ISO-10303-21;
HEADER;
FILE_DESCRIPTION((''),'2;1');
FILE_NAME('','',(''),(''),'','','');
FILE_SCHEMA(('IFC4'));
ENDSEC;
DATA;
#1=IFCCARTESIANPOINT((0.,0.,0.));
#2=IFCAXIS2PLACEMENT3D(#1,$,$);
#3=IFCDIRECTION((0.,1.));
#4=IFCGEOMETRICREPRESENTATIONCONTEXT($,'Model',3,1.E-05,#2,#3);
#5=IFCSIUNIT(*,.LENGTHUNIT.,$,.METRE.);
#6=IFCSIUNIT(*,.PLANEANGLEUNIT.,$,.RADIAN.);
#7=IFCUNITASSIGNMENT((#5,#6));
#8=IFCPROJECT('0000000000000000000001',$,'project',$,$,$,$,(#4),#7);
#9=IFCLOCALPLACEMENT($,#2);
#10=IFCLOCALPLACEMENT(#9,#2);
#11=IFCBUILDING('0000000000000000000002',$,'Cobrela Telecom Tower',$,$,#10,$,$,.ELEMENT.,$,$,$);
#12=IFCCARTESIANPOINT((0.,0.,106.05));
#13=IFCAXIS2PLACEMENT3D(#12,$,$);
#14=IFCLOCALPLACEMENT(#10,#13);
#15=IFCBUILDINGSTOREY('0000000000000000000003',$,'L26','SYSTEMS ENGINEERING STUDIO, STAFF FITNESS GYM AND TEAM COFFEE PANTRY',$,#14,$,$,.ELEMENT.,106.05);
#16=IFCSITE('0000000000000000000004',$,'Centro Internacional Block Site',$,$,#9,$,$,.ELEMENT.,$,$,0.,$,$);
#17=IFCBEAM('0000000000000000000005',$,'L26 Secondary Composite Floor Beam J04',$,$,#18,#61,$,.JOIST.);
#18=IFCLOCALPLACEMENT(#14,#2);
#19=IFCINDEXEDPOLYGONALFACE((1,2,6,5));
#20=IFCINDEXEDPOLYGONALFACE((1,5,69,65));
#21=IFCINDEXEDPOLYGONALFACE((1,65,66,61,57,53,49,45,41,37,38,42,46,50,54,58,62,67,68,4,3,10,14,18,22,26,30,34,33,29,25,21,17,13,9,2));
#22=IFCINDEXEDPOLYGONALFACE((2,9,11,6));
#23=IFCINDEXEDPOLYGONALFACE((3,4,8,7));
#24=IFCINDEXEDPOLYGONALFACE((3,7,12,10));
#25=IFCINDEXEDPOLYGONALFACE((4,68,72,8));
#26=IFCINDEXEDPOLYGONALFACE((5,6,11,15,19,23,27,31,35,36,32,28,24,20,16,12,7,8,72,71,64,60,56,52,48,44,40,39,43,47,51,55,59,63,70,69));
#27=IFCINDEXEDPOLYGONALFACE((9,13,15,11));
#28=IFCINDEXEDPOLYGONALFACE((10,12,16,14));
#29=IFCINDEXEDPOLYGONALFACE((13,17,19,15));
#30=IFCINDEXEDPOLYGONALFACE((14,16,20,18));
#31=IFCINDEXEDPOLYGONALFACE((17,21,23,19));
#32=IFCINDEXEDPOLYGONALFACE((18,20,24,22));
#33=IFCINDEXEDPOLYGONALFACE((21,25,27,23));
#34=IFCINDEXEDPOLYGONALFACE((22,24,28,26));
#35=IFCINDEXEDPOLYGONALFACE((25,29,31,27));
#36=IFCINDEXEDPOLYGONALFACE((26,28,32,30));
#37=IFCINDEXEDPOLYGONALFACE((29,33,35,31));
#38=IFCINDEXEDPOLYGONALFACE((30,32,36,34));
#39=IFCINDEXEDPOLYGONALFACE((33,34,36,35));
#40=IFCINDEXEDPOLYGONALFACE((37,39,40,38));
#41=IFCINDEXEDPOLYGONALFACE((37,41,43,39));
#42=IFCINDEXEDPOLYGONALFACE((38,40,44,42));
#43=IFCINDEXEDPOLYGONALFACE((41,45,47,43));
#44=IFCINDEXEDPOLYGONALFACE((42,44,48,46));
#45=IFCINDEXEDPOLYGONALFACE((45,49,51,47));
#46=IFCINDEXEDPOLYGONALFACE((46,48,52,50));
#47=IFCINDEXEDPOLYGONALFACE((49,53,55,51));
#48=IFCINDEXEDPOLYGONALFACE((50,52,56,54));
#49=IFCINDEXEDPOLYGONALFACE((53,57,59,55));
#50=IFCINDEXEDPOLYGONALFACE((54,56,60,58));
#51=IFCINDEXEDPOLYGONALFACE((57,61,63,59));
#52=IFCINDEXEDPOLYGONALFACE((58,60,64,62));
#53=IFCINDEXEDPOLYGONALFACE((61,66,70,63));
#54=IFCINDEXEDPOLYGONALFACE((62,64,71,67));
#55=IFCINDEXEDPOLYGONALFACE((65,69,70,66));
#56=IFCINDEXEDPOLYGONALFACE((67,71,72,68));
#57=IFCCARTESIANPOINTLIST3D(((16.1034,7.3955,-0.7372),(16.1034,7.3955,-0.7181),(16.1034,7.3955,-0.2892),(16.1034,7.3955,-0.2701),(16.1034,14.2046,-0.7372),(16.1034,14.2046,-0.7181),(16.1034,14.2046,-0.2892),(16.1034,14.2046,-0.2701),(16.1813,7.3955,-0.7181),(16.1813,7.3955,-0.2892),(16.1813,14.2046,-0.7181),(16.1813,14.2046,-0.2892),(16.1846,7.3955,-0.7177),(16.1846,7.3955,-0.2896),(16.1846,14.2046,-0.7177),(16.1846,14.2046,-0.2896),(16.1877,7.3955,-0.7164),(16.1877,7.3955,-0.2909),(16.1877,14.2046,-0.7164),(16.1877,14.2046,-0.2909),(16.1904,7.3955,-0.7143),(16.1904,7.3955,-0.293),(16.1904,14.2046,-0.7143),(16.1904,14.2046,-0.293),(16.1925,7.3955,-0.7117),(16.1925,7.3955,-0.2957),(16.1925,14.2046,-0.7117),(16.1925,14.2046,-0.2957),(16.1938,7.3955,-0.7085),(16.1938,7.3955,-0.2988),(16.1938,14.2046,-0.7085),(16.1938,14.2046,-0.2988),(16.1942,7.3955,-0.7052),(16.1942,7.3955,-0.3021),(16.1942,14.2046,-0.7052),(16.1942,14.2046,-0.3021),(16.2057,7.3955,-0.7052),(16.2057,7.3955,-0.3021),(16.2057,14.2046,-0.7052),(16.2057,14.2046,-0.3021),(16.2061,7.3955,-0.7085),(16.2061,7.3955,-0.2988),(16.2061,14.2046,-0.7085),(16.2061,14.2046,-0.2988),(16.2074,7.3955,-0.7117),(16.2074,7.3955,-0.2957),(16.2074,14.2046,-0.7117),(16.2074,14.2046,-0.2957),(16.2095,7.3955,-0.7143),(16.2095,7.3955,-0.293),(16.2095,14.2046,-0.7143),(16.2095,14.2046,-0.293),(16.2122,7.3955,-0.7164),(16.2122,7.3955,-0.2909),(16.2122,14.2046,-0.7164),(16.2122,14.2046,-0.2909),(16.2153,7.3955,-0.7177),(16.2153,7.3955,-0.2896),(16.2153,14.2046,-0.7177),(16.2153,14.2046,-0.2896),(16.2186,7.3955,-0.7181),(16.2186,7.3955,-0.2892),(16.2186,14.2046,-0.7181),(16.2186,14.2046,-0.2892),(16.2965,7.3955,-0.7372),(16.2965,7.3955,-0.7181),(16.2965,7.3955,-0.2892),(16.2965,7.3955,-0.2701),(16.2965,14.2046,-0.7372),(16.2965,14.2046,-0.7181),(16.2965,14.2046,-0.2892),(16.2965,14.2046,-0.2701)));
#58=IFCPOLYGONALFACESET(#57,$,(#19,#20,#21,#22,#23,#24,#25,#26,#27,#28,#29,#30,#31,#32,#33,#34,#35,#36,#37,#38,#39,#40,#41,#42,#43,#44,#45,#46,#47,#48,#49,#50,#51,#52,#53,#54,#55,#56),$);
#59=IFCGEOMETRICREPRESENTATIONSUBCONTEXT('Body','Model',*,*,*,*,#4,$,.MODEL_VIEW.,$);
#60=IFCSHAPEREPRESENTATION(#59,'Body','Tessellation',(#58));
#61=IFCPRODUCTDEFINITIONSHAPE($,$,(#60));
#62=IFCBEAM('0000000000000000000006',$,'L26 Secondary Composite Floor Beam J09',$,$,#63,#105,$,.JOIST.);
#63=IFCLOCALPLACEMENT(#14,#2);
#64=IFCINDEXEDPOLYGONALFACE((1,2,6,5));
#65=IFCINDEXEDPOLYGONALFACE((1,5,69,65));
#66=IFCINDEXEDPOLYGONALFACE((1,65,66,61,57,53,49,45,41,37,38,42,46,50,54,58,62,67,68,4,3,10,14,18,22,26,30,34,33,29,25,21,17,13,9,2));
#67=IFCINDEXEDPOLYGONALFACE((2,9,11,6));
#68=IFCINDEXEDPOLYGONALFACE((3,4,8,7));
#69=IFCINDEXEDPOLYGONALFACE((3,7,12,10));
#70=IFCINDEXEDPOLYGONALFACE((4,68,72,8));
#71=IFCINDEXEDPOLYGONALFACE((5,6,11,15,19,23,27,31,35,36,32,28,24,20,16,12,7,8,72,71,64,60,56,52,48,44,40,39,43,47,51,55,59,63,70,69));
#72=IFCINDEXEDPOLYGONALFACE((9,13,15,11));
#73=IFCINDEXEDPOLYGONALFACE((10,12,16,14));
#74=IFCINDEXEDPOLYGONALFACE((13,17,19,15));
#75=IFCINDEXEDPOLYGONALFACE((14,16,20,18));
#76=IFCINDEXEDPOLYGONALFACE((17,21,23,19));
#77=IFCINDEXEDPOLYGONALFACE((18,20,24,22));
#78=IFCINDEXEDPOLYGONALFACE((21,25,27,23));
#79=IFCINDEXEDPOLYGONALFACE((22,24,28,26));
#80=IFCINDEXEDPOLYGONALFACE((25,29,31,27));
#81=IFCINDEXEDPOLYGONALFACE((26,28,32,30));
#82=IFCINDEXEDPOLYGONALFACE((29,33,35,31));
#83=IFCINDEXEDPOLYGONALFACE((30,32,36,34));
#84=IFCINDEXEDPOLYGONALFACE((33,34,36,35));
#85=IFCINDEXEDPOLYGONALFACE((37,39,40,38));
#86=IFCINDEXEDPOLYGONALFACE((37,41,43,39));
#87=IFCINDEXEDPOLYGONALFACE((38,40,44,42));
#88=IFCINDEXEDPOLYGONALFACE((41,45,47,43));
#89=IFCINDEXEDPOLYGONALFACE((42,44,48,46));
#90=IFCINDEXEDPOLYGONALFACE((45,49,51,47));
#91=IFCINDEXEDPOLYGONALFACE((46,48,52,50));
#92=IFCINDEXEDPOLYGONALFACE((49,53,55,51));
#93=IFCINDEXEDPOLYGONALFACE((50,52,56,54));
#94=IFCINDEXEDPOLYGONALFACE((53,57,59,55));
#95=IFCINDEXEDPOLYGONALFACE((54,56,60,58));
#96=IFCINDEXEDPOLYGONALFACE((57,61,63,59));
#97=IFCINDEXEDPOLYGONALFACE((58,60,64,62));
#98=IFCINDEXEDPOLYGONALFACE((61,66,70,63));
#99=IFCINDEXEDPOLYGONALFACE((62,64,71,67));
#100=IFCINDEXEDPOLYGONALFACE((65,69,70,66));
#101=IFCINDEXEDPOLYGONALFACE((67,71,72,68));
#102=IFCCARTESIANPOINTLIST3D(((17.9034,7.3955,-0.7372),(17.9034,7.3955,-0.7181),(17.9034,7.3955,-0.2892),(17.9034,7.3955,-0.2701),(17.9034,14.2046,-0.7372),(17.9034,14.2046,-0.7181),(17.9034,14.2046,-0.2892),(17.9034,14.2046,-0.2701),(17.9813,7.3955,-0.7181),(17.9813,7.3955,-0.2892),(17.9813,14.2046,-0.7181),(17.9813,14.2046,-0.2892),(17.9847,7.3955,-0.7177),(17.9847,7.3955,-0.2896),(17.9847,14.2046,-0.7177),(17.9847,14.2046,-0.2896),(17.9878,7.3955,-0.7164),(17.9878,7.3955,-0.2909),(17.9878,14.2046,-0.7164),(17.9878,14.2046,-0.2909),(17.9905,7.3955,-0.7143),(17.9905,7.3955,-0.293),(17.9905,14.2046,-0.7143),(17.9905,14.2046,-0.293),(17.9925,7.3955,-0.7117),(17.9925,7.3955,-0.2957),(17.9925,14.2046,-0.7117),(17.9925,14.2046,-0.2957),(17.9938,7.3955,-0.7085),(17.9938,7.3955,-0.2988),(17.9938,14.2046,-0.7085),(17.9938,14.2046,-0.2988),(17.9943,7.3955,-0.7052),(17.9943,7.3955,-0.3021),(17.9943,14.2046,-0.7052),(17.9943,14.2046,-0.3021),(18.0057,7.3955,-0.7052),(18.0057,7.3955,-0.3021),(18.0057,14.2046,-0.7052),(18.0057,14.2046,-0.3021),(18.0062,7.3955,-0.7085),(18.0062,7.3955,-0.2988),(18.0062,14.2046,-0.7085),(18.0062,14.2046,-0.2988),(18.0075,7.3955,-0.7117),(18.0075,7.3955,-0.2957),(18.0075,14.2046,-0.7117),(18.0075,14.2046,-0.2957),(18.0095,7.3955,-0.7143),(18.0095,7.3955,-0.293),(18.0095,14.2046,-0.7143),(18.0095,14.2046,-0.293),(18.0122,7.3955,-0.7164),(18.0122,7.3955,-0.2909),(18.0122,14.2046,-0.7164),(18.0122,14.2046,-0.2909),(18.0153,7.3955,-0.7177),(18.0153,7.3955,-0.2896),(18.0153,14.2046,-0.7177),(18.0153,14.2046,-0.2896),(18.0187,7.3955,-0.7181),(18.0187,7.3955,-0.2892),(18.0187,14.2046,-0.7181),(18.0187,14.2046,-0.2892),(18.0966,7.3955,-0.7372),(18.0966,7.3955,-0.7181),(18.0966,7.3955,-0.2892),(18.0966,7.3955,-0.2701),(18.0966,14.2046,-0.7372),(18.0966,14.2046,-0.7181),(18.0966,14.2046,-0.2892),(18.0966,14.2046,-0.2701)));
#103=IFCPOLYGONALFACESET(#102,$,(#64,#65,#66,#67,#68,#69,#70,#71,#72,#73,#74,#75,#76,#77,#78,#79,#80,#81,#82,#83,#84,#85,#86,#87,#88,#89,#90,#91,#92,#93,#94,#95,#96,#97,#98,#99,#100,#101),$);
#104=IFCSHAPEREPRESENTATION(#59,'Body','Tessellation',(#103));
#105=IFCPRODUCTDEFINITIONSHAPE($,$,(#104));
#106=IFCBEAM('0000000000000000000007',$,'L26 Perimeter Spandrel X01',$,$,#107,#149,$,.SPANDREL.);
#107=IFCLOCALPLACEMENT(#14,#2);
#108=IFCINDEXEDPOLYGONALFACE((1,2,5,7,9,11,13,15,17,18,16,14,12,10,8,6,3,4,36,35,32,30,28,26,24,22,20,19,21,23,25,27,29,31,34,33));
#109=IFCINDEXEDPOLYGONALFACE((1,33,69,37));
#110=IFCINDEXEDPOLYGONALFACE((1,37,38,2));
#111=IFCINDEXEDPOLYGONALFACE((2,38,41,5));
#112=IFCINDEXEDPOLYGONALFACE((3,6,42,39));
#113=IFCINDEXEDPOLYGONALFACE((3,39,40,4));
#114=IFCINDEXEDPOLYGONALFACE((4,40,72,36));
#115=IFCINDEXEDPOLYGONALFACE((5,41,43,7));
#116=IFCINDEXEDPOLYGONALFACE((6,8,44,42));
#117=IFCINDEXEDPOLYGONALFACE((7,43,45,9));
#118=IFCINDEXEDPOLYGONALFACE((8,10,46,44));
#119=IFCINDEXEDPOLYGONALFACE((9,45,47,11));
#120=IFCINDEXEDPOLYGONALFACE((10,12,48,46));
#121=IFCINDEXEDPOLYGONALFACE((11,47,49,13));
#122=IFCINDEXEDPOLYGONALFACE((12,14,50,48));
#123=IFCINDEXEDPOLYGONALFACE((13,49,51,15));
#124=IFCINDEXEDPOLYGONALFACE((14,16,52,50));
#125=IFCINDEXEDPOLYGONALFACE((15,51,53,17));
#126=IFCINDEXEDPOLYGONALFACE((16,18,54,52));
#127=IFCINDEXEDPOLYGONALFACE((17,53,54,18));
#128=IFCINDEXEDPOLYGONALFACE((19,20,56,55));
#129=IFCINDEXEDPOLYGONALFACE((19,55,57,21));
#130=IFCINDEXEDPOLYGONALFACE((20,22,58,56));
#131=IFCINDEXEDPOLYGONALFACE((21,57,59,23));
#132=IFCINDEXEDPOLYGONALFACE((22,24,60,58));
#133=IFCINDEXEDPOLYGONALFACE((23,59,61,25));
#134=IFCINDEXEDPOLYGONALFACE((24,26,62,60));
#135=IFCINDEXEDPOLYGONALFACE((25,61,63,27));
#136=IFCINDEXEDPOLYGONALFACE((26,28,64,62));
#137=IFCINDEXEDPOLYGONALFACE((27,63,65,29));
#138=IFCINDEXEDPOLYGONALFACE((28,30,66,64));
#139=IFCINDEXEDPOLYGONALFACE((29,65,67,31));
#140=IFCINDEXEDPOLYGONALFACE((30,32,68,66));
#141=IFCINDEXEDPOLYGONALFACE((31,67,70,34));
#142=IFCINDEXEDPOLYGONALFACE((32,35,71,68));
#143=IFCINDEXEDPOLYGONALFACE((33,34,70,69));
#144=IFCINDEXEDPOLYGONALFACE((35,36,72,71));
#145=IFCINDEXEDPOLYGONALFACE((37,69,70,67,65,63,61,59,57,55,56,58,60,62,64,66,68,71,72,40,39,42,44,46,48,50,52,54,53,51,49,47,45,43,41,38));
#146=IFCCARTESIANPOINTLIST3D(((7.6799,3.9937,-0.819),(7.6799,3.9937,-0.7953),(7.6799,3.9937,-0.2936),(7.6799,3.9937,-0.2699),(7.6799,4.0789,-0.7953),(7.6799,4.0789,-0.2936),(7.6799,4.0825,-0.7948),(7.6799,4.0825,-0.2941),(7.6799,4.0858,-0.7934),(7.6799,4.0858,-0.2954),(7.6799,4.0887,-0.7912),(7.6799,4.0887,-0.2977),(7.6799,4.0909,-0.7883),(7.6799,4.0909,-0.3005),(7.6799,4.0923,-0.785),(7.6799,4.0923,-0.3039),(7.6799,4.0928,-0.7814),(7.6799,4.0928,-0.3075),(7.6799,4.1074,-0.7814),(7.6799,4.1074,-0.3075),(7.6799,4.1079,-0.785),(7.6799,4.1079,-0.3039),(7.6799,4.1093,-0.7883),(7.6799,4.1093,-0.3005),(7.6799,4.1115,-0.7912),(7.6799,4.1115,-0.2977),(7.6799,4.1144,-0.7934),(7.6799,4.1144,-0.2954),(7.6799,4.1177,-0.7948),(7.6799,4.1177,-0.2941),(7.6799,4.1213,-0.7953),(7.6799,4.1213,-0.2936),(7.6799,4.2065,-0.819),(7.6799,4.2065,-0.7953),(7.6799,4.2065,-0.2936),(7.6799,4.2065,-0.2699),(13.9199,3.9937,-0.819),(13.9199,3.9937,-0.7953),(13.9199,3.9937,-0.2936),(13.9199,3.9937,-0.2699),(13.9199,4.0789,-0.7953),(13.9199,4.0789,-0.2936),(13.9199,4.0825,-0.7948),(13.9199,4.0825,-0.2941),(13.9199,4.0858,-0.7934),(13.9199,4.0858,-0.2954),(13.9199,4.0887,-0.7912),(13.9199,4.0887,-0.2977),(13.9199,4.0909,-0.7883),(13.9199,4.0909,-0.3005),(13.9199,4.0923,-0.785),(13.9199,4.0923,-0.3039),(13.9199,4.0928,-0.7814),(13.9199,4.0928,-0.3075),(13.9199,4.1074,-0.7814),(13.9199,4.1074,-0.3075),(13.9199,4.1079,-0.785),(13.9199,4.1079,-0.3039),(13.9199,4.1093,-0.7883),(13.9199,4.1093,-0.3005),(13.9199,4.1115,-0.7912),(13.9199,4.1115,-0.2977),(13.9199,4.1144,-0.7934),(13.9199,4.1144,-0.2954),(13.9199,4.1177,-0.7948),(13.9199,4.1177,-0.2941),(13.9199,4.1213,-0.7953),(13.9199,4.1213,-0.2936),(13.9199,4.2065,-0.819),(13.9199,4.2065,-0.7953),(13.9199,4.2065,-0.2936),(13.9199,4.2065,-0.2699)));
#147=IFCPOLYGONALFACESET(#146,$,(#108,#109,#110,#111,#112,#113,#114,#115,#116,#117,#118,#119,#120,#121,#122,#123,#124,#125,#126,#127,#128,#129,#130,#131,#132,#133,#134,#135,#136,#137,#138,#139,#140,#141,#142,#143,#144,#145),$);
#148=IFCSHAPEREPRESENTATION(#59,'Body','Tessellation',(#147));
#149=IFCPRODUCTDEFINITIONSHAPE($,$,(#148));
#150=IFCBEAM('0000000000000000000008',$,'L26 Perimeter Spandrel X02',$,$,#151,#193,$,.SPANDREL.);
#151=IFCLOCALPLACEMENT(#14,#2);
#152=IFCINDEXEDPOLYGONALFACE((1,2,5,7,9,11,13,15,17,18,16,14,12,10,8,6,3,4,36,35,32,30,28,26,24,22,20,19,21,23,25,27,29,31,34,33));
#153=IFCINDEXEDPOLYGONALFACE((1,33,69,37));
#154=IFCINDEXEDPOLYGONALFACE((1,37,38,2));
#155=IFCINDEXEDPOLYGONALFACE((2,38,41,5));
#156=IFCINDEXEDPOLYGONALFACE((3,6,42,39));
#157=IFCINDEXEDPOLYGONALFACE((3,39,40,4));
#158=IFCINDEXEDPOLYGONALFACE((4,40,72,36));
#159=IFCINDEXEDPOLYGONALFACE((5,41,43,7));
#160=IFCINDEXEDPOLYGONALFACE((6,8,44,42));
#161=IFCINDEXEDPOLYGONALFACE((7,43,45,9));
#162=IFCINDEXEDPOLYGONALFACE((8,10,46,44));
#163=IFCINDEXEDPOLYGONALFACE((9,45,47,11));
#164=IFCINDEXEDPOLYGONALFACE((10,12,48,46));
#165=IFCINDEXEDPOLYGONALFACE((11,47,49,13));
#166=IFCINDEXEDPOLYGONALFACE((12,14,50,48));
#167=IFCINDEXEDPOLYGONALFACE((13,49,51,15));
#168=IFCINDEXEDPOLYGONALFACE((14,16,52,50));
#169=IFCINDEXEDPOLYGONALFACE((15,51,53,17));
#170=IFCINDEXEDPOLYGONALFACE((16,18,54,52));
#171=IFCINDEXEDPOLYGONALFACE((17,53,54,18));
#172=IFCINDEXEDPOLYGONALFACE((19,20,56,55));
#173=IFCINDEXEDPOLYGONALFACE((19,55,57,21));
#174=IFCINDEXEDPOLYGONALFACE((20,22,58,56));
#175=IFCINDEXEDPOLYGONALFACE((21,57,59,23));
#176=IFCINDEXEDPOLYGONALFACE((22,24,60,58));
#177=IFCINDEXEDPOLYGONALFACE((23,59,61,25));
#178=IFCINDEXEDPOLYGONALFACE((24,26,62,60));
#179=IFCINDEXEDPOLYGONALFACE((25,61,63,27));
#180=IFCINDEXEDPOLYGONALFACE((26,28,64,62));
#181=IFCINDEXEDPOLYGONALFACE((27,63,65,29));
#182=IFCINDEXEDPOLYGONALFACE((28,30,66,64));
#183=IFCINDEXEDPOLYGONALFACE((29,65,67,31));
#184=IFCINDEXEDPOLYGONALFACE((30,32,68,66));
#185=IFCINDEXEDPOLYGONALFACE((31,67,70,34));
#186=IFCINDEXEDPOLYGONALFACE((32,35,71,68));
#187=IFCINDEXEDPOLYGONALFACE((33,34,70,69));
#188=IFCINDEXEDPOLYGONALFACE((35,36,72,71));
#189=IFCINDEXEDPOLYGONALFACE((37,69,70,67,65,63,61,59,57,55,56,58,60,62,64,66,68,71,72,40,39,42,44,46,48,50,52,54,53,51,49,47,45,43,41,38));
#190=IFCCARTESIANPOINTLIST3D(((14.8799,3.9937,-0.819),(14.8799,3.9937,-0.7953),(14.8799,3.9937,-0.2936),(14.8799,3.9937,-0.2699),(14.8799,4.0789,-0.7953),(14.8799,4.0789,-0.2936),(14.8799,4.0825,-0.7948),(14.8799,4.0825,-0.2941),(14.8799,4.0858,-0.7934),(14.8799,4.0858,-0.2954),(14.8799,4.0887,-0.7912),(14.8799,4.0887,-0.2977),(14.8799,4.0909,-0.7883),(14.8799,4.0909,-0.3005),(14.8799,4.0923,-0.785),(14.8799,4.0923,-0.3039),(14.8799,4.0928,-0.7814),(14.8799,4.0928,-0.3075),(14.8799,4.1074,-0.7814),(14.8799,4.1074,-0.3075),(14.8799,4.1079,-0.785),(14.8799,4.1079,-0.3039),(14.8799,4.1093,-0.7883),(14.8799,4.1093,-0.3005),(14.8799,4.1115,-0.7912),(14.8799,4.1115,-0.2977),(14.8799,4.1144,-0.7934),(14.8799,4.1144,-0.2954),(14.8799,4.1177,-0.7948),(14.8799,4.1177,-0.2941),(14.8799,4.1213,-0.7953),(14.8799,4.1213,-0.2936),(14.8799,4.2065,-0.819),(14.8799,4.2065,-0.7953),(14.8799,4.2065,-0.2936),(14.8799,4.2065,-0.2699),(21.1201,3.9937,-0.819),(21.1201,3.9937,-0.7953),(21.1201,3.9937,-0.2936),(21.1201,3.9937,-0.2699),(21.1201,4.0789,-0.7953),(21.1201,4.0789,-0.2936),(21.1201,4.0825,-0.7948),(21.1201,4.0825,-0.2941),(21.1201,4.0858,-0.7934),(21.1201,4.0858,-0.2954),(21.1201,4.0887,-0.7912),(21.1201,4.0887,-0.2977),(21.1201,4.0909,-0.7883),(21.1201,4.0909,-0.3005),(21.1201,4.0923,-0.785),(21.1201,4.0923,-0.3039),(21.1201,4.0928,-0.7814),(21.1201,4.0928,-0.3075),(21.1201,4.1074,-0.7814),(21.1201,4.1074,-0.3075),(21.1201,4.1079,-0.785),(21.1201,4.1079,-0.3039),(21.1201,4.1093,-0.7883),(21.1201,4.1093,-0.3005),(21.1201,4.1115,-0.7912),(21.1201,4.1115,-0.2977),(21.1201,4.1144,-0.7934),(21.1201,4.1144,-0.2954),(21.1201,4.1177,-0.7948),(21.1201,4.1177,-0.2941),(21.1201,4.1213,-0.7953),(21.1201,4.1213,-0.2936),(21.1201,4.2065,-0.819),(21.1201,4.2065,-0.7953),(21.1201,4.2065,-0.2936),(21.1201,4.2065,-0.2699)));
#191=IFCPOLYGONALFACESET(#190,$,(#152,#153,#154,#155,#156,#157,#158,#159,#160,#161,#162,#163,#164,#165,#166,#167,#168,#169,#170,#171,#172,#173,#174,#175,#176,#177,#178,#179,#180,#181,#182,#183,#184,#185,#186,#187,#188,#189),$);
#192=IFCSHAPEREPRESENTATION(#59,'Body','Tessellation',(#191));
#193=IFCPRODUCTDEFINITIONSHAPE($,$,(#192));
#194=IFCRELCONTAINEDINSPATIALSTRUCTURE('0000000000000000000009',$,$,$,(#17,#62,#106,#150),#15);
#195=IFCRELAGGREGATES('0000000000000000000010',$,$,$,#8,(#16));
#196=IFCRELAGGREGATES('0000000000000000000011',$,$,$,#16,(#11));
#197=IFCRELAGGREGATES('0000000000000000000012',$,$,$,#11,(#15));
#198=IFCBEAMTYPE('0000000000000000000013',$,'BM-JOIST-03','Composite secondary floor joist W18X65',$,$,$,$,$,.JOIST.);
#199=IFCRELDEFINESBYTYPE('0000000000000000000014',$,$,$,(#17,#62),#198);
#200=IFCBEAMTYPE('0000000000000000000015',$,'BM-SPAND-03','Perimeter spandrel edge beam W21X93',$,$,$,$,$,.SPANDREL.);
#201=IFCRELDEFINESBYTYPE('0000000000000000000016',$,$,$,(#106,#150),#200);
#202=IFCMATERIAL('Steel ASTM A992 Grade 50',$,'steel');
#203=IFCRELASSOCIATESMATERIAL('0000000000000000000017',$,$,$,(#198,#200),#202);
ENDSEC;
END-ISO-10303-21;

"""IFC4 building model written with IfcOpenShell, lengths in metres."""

from ifc_helpers import new_model, si_unit, direction, frame, origin, origin_2d, place, context, subcontext, project, spatial, i_section, extrude, material, material_profile, profile_set, type_object, element, save


model = new_model("IFC4")

# Units and contexts
model_context = context("Model", 3, precision=1e-05, world=origin(), true_north=direction((0.0, 1.0)))
body_context = subcontext(model_context, "Body", "Model", "MODEL_VIEW")
ifc_project = project(units=[si_unit("LENGTHUNIT", "METRE"), si_unit("PLANEANGLEUNIT", "RADIAN")], contexts=[model_context])

# Site, building, storey
site_placement = place(None, origin())
site = spatial("IfcSite", under=ifc_project, at=site_placement, Name="Centro Internacional Block Site", CompositionType="ELEMENT", RefElevation=0.0)
building_placement = place(site_placement, origin())
building = spatial("IfcBuilding", under=site, at=building_placement, Name="Cobrela Telecom Tower", CompositionType="ELEMENT")
storey_placement = place(building_placement, frame((0.0, 0.0, 106.05)))
storey = spatial("IfcBuildingStorey", under=building, at=storey_placement, Name="L26", Description="SYSTEMS ENGINEERING STUDIO, STAFF FITNESS GYM AND TEAM COFFEE PANTRY", CompositionType="ELEMENT", Elevation=106.05)

# Beams
ifc_material_1 = material(Name="Steel ASTM A992 Grade 50", Category="steel")
ifc_material_profile_1 = material_profile(ifc_material_1, i_section(OverallWidth=0.1931, OverallDepth=0.467, WebThickness=0.0115, FlangeThickness=0.019, FilletRadius=0.0129, at=origin_2d()), Name="W18X65")
ifc_profile_set_1 = profile_set([ifc_material_profile_1], Name="Steel ASTM A992 Grade 50")
beam_type_1 = type_object("IfcBeamType", Name="BM-JOIST-03", Description="Composite secondary floor joist W18X65", PredefinedType="JOIST", material=ifc_profile_set_1)
for number, where, z_axis, x_axis, name in (
    (1, (16.2, 7.3955, -0.5037), (0.0, 1.0, 0.0), (-1.0, 0.0, 0.0), "L26 Secondary Composite Floor Beam J04"),
    (2, (18.0, 7.3955, -0.5037), (0.0, 1.0, 0.0), (-1.0, 0.0, 0.0), "L26 Secondary Composite Floor Beam J09"),
):
    element("IfcBeam", number, at=place(storey_placement, frame(where, z_axis=z_axis, x_axis=x_axis)), inside=storey, type_object=beam_type_1, Name=name, PredefinedType="JOIST", context=body_context, shape_type="SweptSolid", body=[
        extrude(i_section(OverallWidth=0.1931, OverallDepth=0.467, WebThickness=0.0115, FlangeThickness=0.019, FilletRadius=0.0129, at=origin_2d()), origin(), (0.0, 0.0, 1.0), 6.8091),
    ])
ifc_material_profile_2 = material_profile(ifc_material_1, i_section(OverallWidth=0.2129, OverallDepth=0.5491, WebThickness=0.0146, FlangeThickness=0.0237, FilletRadius=0.0139, at=origin_2d()), Name="W21X93")
ifc_profile_set_2 = profile_set([ifc_material_profile_2], Name="Steel ASTM A992 Grade 50")
beam_type_2 = type_object("IfcBeamType", Name="BM-SPAND-03", Description="Perimeter spandrel edge beam W21X93", PredefinedType="SPANDREL", material=ifc_profile_set_2)
beam_1_placement = place(storey_placement, frame((7.6799, 4.1001, -0.5444), z_axis=(1.0, 0.0, 0.0), x_axis=(0.0, 1.0, 0.0)))
element("IfcBeam", 3, at=beam_1_placement, inside=storey, type_object=beam_type_2, Name="L26 Perimeter Spandrel X01", PredefinedType="SPANDREL", context=body_context, shape_type="SweptSolid", body=[
    extrude(i_section(OverallWidth=0.2129, OverallDepth=0.5491, WebThickness=0.0146, FlangeThickness=0.0237, FilletRadius=0.0139, at=origin_2d()), origin(), (0.0, 0.0, 1.0), 6.24),
])
beam_2_placement = place(storey_placement, frame((14.8799, 4.1001, -0.5444), z_axis=(1.0, 0.0, 0.0), x_axis=(0.0, 1.0, 0.0)))
element("IfcBeam", 4, at=beam_2_placement, inside=storey, type_object=beam_type_2, Name="L26 Perimeter Spandrel X02", PredefinedType="SPANDREL", context=body_context, shape_type="SweptSolid", body=[
    extrude(i_section(OverallWidth=0.2129, OverallDepth=0.5491, WebThickness=0.0146, FlangeThickness=0.0237, FilletRadius=0.0139, at=origin_2d()), origin(), (0.0, 0.0, 1.0), 6.2402),
])

save(model, "model.ifc")
